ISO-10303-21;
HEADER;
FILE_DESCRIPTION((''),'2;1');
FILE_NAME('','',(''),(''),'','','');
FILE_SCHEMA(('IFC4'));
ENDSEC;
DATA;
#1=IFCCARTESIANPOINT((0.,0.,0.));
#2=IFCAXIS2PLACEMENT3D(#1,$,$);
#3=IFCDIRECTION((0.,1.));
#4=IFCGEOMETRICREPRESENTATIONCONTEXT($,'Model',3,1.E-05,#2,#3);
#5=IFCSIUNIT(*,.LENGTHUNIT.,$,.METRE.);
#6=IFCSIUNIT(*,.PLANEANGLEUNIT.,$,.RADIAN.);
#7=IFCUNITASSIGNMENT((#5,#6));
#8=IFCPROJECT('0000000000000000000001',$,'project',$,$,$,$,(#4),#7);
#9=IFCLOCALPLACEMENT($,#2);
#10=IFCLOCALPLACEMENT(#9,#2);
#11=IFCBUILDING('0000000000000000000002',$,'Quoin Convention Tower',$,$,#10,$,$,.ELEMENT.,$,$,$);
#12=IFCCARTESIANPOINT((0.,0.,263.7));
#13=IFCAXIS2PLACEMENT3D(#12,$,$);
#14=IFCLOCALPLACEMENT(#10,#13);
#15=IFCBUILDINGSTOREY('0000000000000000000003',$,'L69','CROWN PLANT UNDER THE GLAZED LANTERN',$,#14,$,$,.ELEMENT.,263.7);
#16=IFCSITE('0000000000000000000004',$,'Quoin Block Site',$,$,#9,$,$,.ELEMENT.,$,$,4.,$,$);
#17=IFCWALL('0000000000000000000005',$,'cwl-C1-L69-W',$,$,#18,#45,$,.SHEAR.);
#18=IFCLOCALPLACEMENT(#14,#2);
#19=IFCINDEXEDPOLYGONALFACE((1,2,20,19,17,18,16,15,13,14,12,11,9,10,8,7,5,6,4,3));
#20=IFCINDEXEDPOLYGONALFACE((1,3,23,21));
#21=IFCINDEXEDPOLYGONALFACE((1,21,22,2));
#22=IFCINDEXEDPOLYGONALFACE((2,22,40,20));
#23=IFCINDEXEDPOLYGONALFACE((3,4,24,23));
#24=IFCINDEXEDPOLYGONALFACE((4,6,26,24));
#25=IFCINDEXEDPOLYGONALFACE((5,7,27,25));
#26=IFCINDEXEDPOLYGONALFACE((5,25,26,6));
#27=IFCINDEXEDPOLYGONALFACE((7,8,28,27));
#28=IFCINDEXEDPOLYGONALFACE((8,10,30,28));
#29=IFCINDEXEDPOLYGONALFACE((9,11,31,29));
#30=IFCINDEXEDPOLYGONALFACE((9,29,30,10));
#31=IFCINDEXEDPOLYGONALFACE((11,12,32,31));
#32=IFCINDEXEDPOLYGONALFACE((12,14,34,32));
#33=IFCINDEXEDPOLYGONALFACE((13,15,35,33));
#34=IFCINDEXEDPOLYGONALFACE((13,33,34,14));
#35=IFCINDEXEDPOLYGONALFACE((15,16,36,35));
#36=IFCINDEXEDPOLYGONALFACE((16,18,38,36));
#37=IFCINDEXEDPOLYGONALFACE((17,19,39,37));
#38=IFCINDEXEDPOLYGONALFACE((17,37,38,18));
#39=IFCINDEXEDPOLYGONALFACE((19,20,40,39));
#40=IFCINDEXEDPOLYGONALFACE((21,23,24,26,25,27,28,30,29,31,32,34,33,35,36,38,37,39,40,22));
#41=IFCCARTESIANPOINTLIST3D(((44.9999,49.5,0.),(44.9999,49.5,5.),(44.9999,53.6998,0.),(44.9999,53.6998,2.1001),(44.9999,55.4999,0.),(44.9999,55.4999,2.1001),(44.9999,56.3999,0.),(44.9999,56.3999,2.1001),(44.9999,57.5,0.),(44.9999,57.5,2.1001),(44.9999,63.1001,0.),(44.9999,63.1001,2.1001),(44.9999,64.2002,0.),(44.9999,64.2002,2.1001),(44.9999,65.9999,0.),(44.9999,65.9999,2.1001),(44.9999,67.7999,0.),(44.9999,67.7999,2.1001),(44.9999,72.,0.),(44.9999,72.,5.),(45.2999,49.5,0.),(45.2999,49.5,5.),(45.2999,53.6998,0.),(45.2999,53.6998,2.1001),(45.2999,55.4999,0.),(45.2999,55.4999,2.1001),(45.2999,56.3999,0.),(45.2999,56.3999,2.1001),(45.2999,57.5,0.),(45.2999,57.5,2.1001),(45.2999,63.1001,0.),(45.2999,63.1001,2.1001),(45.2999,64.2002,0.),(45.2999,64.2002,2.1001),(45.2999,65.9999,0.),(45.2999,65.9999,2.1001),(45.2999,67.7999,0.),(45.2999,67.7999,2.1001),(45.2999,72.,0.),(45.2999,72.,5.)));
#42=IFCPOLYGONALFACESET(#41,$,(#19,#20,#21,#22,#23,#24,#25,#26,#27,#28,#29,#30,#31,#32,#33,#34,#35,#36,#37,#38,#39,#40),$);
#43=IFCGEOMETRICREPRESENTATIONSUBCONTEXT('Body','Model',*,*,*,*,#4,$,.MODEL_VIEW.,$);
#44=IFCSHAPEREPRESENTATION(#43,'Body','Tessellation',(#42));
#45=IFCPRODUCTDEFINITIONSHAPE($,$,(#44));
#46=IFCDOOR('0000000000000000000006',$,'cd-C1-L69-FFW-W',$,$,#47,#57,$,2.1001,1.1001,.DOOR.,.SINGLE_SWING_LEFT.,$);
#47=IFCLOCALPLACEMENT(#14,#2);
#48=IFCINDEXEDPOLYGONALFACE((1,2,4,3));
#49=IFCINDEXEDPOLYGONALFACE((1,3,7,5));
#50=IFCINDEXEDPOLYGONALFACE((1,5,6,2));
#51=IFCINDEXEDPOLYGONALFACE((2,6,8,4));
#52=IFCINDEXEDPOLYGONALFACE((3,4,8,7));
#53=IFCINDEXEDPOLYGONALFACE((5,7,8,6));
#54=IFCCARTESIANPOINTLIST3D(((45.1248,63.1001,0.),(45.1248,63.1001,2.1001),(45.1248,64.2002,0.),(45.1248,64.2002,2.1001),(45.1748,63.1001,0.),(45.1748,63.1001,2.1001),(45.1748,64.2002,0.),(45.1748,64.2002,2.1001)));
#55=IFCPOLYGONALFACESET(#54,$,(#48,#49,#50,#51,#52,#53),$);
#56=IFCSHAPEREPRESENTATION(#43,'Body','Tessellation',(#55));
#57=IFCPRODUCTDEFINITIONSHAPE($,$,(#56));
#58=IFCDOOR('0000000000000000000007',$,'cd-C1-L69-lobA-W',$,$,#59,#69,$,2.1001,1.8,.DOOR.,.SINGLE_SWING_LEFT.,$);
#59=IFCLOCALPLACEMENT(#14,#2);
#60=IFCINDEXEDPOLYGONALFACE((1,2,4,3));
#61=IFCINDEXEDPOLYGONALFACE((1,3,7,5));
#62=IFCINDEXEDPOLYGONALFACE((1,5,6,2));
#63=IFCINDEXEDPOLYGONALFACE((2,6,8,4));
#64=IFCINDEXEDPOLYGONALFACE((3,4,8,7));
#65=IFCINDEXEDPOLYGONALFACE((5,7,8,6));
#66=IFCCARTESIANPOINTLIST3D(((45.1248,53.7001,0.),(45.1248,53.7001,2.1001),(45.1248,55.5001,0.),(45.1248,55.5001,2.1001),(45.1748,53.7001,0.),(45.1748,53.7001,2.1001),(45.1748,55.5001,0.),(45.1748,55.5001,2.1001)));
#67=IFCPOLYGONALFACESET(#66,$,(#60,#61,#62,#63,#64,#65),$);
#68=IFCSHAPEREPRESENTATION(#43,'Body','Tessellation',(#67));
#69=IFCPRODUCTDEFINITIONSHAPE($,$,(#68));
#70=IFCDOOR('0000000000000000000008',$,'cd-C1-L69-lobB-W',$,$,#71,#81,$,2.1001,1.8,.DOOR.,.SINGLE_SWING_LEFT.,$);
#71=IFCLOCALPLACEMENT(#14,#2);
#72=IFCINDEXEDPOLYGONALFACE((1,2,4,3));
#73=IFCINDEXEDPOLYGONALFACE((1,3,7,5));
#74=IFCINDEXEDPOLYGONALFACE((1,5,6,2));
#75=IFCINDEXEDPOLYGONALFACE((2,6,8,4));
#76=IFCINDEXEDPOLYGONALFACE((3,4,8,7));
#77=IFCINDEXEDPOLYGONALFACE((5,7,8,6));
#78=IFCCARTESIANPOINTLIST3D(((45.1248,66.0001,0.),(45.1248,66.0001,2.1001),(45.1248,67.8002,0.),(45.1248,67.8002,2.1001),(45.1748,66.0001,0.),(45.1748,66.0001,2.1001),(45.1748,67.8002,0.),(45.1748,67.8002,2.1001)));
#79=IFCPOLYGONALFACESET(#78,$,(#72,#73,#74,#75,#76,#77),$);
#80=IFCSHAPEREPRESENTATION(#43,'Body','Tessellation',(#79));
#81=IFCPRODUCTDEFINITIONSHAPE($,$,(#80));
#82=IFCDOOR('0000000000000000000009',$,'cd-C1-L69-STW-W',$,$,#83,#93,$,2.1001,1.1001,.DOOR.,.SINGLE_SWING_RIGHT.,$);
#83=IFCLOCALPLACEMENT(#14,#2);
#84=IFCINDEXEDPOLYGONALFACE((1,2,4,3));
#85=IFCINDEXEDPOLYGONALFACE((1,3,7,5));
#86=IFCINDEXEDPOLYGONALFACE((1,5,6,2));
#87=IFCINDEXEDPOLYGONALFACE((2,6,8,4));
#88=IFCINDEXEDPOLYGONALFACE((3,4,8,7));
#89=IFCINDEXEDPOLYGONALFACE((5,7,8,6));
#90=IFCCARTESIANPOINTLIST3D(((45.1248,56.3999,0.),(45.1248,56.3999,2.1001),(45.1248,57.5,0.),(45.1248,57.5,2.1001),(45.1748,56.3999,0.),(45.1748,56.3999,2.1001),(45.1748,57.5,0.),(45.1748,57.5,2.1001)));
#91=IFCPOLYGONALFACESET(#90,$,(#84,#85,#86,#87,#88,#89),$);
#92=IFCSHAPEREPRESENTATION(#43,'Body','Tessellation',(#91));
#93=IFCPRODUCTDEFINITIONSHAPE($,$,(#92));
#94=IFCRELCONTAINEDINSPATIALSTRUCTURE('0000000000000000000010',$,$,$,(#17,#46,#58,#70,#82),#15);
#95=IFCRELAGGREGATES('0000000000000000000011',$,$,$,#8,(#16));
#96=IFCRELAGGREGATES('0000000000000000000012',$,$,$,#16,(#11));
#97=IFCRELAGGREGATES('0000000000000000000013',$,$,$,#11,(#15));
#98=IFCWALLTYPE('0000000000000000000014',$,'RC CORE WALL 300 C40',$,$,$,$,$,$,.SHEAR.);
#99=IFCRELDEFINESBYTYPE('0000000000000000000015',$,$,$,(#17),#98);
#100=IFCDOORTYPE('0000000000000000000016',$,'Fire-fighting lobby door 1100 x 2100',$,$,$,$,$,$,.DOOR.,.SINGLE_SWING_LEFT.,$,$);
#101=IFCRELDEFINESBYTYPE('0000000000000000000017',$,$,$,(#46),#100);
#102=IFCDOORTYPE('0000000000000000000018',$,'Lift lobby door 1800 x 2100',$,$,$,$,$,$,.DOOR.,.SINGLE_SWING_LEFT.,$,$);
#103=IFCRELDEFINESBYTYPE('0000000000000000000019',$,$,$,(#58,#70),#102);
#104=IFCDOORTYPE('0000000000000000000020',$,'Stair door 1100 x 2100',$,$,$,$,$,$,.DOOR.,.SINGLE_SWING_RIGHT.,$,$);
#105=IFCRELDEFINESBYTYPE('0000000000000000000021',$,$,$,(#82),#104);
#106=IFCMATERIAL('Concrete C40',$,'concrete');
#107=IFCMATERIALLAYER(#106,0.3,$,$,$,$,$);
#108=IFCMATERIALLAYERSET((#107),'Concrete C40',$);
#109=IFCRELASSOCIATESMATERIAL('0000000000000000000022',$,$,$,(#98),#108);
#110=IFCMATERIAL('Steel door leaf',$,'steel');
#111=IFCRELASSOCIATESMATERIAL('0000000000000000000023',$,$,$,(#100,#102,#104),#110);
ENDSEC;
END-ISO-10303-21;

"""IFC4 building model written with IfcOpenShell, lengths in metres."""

from ifc_helpers import new_model, si_unit, direction, frame, frame_2d, origin, place, context, subcontext, project, spatial, rectangle, extrude, material, layer, layer_set, type_object, element, fill, save


model = new_model("IFC4")

# Units and contexts
model_context = context("Model", 3, precision=1e-05, world=origin(), true_north=direction((0.0, 1.0)))
body_context = subcontext(model_context, "Body", "Model", "MODEL_VIEW")
ifc_project = project(units=[si_unit("LENGTHUNIT", "METRE"), si_unit("PLANEANGLEUNIT", "RADIAN")], contexts=[model_context])

# Site, building, storey
site_placement = place(None, origin())
site = spatial("IfcSite", under=ifc_project, at=site_placement, Name="Quoin Block Site", CompositionType="ELEMENT", RefElevation=4.0)
building_placement = place(site_placement, origin())
building = spatial("IfcBuilding", under=site, at=building_placement, Name="Quoin Convention Tower", CompositionType="ELEMENT")
storey_placement = place(building_placement, frame((0.0, 0.0, 263.7)))
storey = spatial("IfcBuildingStorey", under=building, at=storey_placement, Name="L69", Description="CROWN PLANT UNDER THE GLAZED LANTERN", CompositionType="ELEMENT", Elevation=263.7)

# Shared definitions
ifc_material_1 = material(Name="Concrete C40", Category="concrete")

# Shared definitions
ifc_material_2 = material(Name="Steel door leaf", Category="steel")

# Shared definitions
ifc_layer_1 = layer(ifc_material_1, 0.3)
ifc_layer_set_1 = layer_set([ifc_layer_1], Name="Concrete C40")
wall_type_1 = type_object("IfcWallType", Name="RC CORE WALL 300 C40", PredefinedType="SHEAR", material=ifc_layer_set_1)

# Wall, openings, doors
wall_1_placement = place(storey_placement, frame((45.1499, 49.5, 0.0), z_axis=(0.0, 0.0, 1.0), x_axis=(0.0, 1.0, 0.0)))
wall_1 = element("IfcWall", 1, at=wall_1_placement, inside=storey, type_object=wall_type_1, Name="cwl-C1-L69-W", PredefinedType="SHEAR", context=body_context, shape_type="SweptSolid", body=[
    extrude(rectangle(XDim=22.5, YDim=0.3, at=frame_2d((11.25, 0.0))), origin(), (0.0, 0.0, 1.0), 5.0),
])
opening_1_placement = place(wall_1_placement, frame((4.2, 0.0, 0.0)))
opening_1 = element("IfcOpeningElement", 2, at=opening_1_placement, cuts=wall_1, PredefinedType="OPENING", context=body_context, shape_type="SweptSolid", body=[
    extrude(rectangle(XDim=1.8, YDim=2.1001, at=frame_2d((0.8999, 1.05))), frame((0.0, 0.1599, 0.0), z_axis=(0.0, -1.0, 0.0), x_axis=(1.0, 0.0, 0.0)), (0.0, 0.0, 1.0), 0.3201),
])
opening_2_placement = place(wall_1_placement, frame((6.8999, 0.0, 0.0)))
opening_2 = element("IfcOpeningElement", 3, at=opening_2_placement, cuts=wall_1, PredefinedType="OPENING", context=body_context, shape_type="SweptSolid", body=[
    extrude(rectangle(XDim=1.1001, YDim=2.1001, at=frame_2d((0.55, 1.05))), frame((0.0, 0.1599, 0.0), z_axis=(0.0, -1.0, 0.0), x_axis=(1.0, 0.0, 0.0)), (0.0, 0.0, 1.0), 0.3201),
])
opening_3_placement = place(wall_1_placement, frame((13.6001, 0.0, 0.0)))
opening_3 = element("IfcOpeningElement", 4, at=opening_3_placement, cuts=wall_1, PredefinedType="OPENING", context=body_context, shape_type="SweptSolid", body=[
    extrude(rectangle(XDim=1.1001, YDim=2.1001, at=frame_2d((0.55, 1.05))), frame((0.0, 0.1599, 0.0), z_axis=(0.0, -1.0, 0.0), x_axis=(1.0, 0.0, 0.0)), (0.0, 0.0, 1.0), 0.3201),
])
opening_4_placement = place(wall_1_placement, frame((16.5, 0.0, 0.0)))
opening_4 = element("IfcOpeningElement", 5, at=opening_4_placement, cuts=wall_1, PredefinedType="OPENING", context=body_context, shape_type="SweptSolid", body=[
    extrude(rectangle(XDim=1.8, YDim=2.1001, at=frame_2d((0.8999, 1.05))), frame((0.0, 0.1599, 0.0), z_axis=(0.0, -1.0, 0.0), x_axis=(1.0, 0.0, 0.0)), (0.0, 0.0, 1.0), 0.3201),
])
door_type_1 = type_object("IfcDoorType", Name="Fire-fighting lobby door 1100 x 2100", OperationType="SINGLE_SWING_LEFT", PredefinedType="DOOR", material=ifc_material_2)
door_1_placement = place(opening_3_placement, frame((1.1001, 0.0, 0.0), z_axis=(0.0, 0.0, 1.0), x_axis=(-1.0, 0.0, 0.0)))
door_1 = element("IfcDoor", 6, at=door_1_placement, inside=storey, type_object=door_type_1, Name="cd-C1-L69-FFW-W", OperationType="SINGLE_SWING_LEFT", OverallHeight=2.1001, OverallWidth=1.1001, PredefinedType="DOOR", context=body_context, shape_type="SweptSolid", body=[
    extrude(rectangle(XDim=1.1001, YDim=2.1001, at=frame_2d((0.55, 1.05))), frame((0.0, 0.0249, 0.0), z_axis=(0.0, -1.0, 0.0), x_axis=(1.0, 0.0, 0.0)), (0.0, 0.0, 1.0), 0.05),
])
fill(opening_3, door_1)
door_type_2 = type_object("IfcDoorType", Name="Lift lobby door 1800 x 2100", OperationType="SINGLE_SWING_LEFT", PredefinedType="DOOR", material=ifc_material_2)
door_2_placement = place(opening_1_placement, frame((1.8, 0.0, 0.0), z_axis=(0.0, 0.0, 1.0), x_axis=(-1.0, 0.0, 0.0)))
door_2 = element("IfcDoor", 7, at=door_2_placement, inside=storey, type_object=door_type_2, Name="cd-C1-L69-lobA-W", OperationType="SINGLE_SWING_LEFT", OverallHeight=2.1001, OverallWidth=1.8, PredefinedType="DOOR", context=body_context, shape_type="SweptSolid", body=[
    extrude(rectangle(XDim=1.8, YDim=2.1001, at=frame_2d((0.8999, 1.05))), frame((0.0, 0.0249, 0.0), z_axis=(0.0, -1.0, 0.0), x_axis=(1.0, 0.0, 0.0)), (0.0, 0.0, 1.0), 0.05),
])
fill(opening_1, door_2)
door_3_placement = place(opening_4_placement, frame((1.8, 0.0, 0.0), z_axis=(0.0, 0.0, 1.0), x_axis=(-1.0, 0.0, 0.0)))
door_3 = element("IfcDoor", 8, at=door_3_placement, inside=storey, type_object=door_type_2, Name="cd-C1-L69-lobB-W", OperationType="SINGLE_SWING_LEFT", OverallHeight=2.1001, OverallWidth=1.8, PredefinedType="DOOR", context=body_context, shape_type="SweptSolid", body=[
    extrude(rectangle(XDim=1.8, YDim=2.1001, at=frame_2d((0.8999, 1.05))), frame((0.0, 0.0249, 0.0), z_axis=(0.0, -1.0, 0.0), x_axis=(1.0, 0.0, 0.0)), (0.0, 0.0, 1.0), 0.05),
])
fill(opening_4, door_3)
door_type_3 = type_object("IfcDoorType", Name="Stair door 1100 x 2100", OperationType="SINGLE_SWING_RIGHT", PredefinedType="DOOR", material=ifc_material_2)
door_4_placement = place(opening_2_placement, frame((1.1001, 0.0, 0.0), z_axis=(0.0, 0.0, 1.0), x_axis=(-1.0, 0.0, 0.0)))
door_4 = element("IfcDoor", 9, at=door_4_placement, inside=storey, type_object=door_type_3, Name="cd-C1-L69-STW-W", OperationType="SINGLE_SWING_RIGHT", OverallHeight=2.1001, OverallWidth=1.1001, PredefinedType="DOOR", context=body_context, shape_type="SweptSolid", body=[
    extrude(rectangle(XDim=1.1001, YDim=2.1001, at=frame_2d((0.55, 1.05))), frame((0.0, 0.0249, 0.0), z_axis=(0.0, -1.0, 0.0), x_axis=(1.0, 0.0, 0.0)), (0.0, 0.0, 1.0), 0.05),
])
fill(opening_2, door_4)

save(model, "model.ifc")
